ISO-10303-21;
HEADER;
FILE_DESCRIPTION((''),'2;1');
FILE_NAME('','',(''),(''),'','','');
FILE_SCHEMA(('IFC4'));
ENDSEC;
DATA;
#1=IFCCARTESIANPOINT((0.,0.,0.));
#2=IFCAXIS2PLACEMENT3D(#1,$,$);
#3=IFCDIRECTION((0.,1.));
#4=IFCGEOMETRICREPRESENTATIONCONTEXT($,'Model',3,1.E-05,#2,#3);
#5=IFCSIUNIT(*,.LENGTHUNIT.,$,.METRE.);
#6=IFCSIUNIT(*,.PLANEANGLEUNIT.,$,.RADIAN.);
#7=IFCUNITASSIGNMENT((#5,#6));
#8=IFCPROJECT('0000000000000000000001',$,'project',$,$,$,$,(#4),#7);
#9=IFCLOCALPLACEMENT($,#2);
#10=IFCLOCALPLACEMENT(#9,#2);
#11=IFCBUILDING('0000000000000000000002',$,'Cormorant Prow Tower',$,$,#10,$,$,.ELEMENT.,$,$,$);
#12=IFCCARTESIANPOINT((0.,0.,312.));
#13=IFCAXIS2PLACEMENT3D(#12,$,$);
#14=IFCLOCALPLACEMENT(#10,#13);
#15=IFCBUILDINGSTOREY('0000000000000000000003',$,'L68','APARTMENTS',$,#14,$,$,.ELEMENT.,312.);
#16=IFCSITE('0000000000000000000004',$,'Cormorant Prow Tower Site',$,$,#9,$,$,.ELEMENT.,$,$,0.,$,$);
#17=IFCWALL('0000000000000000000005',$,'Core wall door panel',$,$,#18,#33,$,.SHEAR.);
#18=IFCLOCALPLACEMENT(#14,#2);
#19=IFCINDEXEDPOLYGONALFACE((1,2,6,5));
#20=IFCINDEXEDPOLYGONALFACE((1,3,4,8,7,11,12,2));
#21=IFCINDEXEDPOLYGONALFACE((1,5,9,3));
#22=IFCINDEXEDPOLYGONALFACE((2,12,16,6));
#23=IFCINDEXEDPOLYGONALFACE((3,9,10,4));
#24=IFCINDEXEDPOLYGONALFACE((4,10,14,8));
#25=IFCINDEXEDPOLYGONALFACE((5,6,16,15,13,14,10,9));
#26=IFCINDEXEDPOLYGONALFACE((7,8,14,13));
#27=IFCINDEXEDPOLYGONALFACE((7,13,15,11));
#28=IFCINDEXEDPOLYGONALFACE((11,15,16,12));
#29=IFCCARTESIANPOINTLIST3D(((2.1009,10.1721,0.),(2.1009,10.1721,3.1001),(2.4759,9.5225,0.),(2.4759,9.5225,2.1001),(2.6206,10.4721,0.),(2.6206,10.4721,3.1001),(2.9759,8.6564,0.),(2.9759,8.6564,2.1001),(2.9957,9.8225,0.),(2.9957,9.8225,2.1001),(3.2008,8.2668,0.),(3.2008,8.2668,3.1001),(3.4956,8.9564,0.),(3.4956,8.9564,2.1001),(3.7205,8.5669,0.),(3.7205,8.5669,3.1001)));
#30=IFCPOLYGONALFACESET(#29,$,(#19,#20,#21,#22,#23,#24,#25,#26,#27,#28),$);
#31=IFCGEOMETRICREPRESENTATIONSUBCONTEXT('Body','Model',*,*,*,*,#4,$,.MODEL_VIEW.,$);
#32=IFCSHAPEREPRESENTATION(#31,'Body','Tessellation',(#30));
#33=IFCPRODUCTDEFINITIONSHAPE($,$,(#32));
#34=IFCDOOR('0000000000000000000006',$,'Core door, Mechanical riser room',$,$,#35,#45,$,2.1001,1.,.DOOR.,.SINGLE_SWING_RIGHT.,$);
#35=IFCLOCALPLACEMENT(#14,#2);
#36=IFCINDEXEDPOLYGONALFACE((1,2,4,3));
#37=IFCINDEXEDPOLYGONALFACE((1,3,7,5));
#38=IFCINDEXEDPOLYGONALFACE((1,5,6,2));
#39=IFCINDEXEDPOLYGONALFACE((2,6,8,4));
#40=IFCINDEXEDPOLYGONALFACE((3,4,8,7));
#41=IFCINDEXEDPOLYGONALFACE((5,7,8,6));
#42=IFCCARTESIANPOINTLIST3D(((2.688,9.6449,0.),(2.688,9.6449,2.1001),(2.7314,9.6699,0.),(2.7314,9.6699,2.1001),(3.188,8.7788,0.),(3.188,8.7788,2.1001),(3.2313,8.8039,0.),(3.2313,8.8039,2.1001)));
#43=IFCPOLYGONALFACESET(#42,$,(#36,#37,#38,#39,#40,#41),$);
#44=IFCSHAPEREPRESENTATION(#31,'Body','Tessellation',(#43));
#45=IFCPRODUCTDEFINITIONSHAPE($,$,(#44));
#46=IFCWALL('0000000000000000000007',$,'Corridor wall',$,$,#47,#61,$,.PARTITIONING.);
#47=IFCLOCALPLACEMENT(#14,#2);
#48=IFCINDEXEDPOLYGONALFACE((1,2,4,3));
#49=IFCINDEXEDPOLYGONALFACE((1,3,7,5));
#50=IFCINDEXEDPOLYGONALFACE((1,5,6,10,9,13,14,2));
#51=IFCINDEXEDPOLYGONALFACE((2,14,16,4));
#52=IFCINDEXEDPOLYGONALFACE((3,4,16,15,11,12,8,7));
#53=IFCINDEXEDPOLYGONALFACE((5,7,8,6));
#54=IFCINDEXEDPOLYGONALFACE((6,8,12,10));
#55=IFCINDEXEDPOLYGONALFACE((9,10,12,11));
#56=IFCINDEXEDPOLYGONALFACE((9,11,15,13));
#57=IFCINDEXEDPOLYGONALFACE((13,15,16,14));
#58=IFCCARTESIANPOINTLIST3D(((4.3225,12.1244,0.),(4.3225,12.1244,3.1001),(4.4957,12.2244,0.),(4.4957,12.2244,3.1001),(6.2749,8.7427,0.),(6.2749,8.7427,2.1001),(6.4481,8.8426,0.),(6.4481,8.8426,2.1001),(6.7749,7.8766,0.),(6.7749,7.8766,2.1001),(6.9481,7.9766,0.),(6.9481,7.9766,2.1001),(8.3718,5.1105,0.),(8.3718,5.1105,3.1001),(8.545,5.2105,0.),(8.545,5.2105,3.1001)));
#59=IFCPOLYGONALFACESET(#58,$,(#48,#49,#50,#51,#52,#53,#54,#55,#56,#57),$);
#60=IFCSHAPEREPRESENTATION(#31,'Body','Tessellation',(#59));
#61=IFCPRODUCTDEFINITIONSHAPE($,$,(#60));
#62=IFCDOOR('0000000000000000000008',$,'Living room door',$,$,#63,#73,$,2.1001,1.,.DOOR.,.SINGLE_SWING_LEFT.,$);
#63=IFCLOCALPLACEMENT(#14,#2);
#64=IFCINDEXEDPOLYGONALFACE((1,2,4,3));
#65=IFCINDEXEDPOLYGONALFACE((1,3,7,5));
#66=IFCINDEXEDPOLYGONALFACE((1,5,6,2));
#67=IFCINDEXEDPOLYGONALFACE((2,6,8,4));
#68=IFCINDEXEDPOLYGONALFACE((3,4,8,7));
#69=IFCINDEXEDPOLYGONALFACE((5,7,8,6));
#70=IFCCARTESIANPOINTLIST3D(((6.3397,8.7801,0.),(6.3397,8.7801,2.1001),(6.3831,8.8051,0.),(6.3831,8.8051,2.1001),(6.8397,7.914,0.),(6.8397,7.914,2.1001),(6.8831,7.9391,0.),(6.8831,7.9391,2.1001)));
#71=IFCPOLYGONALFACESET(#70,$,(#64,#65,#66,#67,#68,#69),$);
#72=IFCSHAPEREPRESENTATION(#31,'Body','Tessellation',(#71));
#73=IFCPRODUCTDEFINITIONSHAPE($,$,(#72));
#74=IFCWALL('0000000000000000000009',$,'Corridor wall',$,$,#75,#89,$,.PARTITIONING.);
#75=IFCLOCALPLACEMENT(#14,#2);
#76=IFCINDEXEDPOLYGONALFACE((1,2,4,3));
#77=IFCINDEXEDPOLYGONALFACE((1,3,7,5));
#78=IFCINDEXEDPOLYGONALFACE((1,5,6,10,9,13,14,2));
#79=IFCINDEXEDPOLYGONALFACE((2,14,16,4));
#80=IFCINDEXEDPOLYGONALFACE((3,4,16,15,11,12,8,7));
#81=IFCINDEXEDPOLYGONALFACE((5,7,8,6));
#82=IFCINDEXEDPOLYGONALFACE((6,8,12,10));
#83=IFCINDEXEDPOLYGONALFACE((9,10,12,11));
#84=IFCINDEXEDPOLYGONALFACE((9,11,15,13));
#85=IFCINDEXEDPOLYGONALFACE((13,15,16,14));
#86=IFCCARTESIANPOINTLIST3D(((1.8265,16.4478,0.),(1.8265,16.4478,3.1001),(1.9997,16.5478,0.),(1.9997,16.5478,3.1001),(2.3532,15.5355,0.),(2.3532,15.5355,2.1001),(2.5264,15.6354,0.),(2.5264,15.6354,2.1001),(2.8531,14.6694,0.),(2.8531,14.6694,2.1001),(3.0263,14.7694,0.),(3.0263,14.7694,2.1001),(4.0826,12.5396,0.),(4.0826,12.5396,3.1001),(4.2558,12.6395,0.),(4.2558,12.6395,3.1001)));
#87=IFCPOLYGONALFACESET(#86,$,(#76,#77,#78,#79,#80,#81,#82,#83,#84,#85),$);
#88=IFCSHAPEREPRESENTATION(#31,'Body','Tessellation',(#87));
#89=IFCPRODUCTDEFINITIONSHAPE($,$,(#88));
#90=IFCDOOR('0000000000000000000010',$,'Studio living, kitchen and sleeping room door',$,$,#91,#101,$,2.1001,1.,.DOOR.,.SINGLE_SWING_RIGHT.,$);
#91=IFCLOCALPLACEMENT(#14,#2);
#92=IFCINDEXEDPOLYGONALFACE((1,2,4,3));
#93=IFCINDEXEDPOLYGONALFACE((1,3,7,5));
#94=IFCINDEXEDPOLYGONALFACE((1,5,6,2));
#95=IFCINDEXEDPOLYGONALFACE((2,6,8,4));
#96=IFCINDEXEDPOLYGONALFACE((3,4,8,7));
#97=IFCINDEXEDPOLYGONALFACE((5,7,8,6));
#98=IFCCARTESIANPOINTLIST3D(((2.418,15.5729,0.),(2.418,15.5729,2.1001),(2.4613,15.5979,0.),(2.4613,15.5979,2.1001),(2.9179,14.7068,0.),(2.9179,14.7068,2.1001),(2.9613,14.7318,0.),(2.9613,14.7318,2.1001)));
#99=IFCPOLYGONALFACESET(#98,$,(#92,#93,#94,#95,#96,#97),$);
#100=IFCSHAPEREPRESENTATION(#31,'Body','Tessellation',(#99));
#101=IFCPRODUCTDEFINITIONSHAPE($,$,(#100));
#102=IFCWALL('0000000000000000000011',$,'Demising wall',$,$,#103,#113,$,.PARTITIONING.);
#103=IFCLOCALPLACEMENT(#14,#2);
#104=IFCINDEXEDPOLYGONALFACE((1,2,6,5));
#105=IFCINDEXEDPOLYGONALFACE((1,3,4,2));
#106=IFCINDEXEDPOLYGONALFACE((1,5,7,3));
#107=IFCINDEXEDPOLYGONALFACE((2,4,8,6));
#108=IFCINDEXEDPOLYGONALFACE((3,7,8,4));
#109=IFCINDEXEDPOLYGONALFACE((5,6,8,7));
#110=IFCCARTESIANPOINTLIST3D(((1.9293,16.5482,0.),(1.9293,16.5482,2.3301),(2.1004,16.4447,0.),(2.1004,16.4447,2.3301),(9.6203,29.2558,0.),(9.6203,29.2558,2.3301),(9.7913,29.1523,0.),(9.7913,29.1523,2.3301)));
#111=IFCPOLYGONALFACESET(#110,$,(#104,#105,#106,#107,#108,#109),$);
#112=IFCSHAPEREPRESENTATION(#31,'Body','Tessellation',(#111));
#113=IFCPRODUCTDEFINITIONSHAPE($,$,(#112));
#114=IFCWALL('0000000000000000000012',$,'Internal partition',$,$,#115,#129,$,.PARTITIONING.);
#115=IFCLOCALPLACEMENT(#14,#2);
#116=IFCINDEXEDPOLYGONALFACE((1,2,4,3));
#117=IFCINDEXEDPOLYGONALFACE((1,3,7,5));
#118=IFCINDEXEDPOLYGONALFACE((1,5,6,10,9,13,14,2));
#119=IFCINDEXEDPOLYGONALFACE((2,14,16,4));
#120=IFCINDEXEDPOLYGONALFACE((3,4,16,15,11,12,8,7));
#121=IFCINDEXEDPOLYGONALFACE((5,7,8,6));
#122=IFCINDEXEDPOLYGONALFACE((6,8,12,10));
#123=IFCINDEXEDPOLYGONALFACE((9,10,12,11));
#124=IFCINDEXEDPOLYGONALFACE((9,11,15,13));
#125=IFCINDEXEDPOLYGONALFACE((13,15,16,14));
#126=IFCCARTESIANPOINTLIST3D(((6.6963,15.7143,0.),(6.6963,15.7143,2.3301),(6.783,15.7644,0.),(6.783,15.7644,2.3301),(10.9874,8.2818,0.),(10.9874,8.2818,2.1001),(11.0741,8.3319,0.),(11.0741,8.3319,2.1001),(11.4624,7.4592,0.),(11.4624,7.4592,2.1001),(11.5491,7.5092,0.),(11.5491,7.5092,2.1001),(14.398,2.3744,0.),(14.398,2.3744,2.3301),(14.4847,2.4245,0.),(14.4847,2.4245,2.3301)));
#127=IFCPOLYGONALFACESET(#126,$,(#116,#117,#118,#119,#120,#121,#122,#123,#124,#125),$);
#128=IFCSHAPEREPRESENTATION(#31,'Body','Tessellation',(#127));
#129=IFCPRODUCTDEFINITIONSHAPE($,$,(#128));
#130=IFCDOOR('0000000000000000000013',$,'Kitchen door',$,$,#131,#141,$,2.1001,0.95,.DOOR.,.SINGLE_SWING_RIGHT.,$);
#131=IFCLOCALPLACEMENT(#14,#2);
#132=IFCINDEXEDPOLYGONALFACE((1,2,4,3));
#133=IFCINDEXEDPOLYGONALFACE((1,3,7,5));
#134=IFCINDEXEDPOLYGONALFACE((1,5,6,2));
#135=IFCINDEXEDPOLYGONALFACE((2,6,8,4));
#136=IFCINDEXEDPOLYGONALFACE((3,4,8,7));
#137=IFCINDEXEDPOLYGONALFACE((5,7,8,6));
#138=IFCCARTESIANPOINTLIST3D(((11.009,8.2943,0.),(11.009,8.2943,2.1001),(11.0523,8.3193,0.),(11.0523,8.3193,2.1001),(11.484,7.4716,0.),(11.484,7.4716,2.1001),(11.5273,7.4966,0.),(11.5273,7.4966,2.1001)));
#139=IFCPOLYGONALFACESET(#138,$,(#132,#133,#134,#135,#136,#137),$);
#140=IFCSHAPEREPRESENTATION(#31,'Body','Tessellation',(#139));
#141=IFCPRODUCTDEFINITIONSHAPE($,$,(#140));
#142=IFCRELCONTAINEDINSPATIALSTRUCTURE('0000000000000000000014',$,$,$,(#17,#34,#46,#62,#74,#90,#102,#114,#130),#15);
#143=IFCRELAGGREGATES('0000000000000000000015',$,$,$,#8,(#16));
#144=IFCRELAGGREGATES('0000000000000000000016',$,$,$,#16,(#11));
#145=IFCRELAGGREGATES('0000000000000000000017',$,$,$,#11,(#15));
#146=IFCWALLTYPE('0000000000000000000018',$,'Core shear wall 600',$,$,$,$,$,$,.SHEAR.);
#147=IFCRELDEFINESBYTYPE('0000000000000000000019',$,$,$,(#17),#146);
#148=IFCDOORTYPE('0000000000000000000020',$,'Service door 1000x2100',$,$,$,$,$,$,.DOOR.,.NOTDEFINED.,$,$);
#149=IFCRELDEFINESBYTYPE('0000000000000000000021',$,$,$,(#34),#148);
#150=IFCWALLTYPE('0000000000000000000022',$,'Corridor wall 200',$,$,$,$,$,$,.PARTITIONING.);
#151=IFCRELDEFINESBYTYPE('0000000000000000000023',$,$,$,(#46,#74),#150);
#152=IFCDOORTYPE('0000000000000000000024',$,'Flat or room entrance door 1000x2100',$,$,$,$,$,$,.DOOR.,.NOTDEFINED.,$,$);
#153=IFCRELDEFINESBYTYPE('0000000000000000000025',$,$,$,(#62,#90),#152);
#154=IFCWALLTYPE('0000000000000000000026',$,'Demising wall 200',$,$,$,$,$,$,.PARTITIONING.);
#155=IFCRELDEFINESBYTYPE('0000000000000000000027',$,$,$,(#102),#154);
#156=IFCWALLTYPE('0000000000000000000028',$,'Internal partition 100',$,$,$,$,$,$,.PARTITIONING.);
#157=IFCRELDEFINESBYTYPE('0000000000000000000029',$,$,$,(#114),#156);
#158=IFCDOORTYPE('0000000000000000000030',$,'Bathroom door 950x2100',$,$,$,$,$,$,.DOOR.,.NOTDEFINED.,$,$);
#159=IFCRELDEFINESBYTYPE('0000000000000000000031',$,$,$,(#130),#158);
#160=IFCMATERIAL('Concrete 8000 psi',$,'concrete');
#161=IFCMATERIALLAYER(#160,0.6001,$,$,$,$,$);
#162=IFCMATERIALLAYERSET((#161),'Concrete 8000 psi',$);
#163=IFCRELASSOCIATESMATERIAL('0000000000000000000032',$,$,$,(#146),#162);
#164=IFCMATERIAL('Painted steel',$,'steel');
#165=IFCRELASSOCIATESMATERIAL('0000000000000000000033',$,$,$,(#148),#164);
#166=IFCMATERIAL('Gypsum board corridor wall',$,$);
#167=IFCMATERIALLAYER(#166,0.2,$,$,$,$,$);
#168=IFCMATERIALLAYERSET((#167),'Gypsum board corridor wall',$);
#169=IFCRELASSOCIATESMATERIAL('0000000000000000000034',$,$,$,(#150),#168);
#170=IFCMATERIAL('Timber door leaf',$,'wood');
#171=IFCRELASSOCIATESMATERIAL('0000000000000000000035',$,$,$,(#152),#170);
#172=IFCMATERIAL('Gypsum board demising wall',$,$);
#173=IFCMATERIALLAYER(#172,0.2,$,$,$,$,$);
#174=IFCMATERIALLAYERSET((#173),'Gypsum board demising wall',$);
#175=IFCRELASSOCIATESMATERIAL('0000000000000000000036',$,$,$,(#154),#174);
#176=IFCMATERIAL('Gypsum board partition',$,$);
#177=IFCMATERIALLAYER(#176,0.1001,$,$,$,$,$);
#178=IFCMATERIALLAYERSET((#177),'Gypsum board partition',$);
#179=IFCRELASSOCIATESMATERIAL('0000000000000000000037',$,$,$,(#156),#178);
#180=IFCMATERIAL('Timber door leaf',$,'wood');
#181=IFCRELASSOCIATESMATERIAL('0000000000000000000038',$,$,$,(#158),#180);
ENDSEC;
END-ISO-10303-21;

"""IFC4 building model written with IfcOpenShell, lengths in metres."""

from ifc_helpers import new_model, si_unit, direction, frame, frame_2d, origin, place, context, subcontext, project, spatial, rectangle, extrude, material, layer, layer_set, type_object, element, fill, save


model = new_model("IFC4")

# Units and contexts
model_context = context("Model", 3, precision=1e-05, world=origin(), true_north=direction((0.0, 1.0)))
body_context = subcontext(model_context, "Body", "Model", "MODEL_VIEW")
ifc_project = project(units=[si_unit("LENGTHUNIT", "METRE"), si_unit("PLANEANGLEUNIT", "RADIAN")], contexts=[model_context])

# Site, building, storey
site_placement = place(None, origin())
site = spatial("IfcSite", under=ifc_project, at=site_placement, Name="Cormorant Prow Tower Site", CompositionType="ELEMENT", RefElevation=0.0)
building_placement = place(site_placement, origin())
building = spatial("IfcBuilding", under=site, at=building_placement, Name="Cormorant Prow Tower", CompositionType="ELEMENT")
storey_placement = place(building_placement, frame((0.0, 0.0, 312.0)))
storey = spatial("IfcBuildingStorey", under=building, at=storey_placement, Name="L68", Description="APARTMENTS", CompositionType="ELEMENT", Elevation=312.0)

# Shared definitions
ifc_material_1 = material(Name="Concrete 8000 psi", Category="concrete")
ifc_layer_1 = layer(ifc_material_1, 0.6001)
ifc_layer_set_1 = layer_set([ifc_layer_1], Name="Concrete 8000 psi")
wall_type_1 = type_object("IfcWallType", Name="Core shear wall 600", PredefinedType="SHEAR", material=ifc_layer_set_1)

# Walls, openings, doors
wall_1_placement = place(storey_placement, frame((3.4607, 8.4167, 0.0), z_axis=(0.0, 0.0, 1.0), x_axis=(-0.499947, 0.866056, 0.0)))
wall_1 = element("IfcWall", 1, at=wall_1_placement, inside=storey, type_object=wall_type_1, Name="Core wall door panel", PredefinedType="SHEAR", context=body_context, shape_type="SweptSolid", body=[
    extrude(rectangle(XDim=2.2, YDim=0.6001, at=frame_2d((1.1001, 0.0))), origin(), (0.0, 0.0, 1.0), 3.1001),
])
opening_1_placement = place(wall_1_placement, frame((0.45, 0.0, 0.0)))
opening_1 = element("IfcOpeningElement", 2, at=opening_1_placement, cuts=wall_1, PredefinedType="OPENING", context=body_context, shape_type="SweptSolid", body=[
    extrude(rectangle(XDim=1.0, YDim=2.1001, at=frame_2d((0.5, 1.05))), frame((0.0, 0.3101, 0.0), z_axis=(0.0, -1.0, 0.0), x_axis=(1.0, 0.0, 0.0)), (0.0, 0.0, 1.0), 0.6201),
])
ifc_material_2 = material(Name="Painted steel", Category="steel")
door_type_1 = type_object("IfcDoorType", Name="Service door 1000x2100", OperationType="NOTDEFINED", PredefinedType="DOOR", material=ifc_material_2)
door_1_placement = place(opening_1_placement, origin())
door_1 = element("IfcDoor", 3, at=door_1_placement, inside=storey, type_object=door_type_1, Name="Core door, Mechanical riser room", OperationType="SINGLE_SWING_RIGHT", OverallHeight=2.1001, OverallWidth=1.0, PredefinedType="DOOR", context=body_context, shape_type="SweptSolid", body=[
    extrude(rectangle(XDim=1.0, YDim=2.1001, at=frame_2d((0.5, 1.05))), frame((0.0, 0.0552, 0.0), z_axis=(0.0, -1.0, 0.0), x_axis=(1.0, 0.0, 0.0)), (0.0, 0.0, 1.0), 0.05),
])
fill(opening_1, door_1)
ifc_material_3 = material(Name="Gypsum board corridor wall")
ifc_layer_2 = layer(ifc_material_3, 0.2)
ifc_layer_set_2 = layer_set([ifc_layer_2], Name="Gypsum board corridor wall")
wall_type_2 = type_object("IfcWallType", Name="Corridor wall 200", PredefinedType="PARTITIONING", material=ifc_layer_set_2)
wall_2_placement = place(storey_placement, frame((4.4092, 12.1743, 0.0), z_axis=(0.0, 0.0, 1.0), x_axis=(0.499984, -0.866034, 0.0)))
wall_2 = element("IfcWall", 4, at=wall_2_placement, inside=storey, type_object=wall_type_2, Name="Corridor wall", PredefinedType="PARTITIONING", context=body_context, shape_type="SweptSolid", body=[
    extrude(rectangle(XDim=8.0989, YDim=0.2, at=frame_2d((4.0493, 0.0))), origin(), (0.0, 0.0, 1.0), 3.1001),
])
opening_2_placement = place(wall_2_placement, frame((3.9048, 0.0, 0.0)))
opening_2 = element("IfcOpeningElement", 5, at=opening_2_placement, cuts=wall_2, PredefinedType="OPENING", context=body_context, shape_type="SweptSolid", body=[
    extrude(rectangle(XDim=1.0, YDim=2.1001, at=frame_2d((0.5, 1.05))), frame((0.0, 0.1099, 0.0), z_axis=(0.0, -1.0, 0.0), x_axis=(1.0, 0.0, 0.0)), (0.0, 0.0, 1.0), 0.22),
])
ifc_material_4 = material(Name="Timber door leaf", Category="wood")
door_type_2 = type_object("IfcDoorType", Name="Flat or room entrance door 1000x2100", OperationType="NOTDEFINED", PredefinedType="DOOR", material=ifc_material_4)
door_2_placement = place(opening_2_placement, origin())
door_2 = element("IfcDoor", 6, at=door_2_placement, inside=storey, type_object=door_type_2, Name="Living room door", OperationType="SINGLE_SWING_LEFT", OverallHeight=2.1001, OverallWidth=1.0, PredefinedType="DOOR", context=body_context, shape_type="SweptSolid", body=[
    extrude(rectangle(XDim=1.0, YDim=2.1001, at=frame_2d((0.5, 1.05))), frame((0.0, 0.0249, 0.0), z_axis=(0.0, -1.0, 0.0), x_axis=(1.0, 0.0, 0.0)), (0.0, 0.0, 1.0), 0.05),
])
fill(opening_2, door_2)
wall_3_placement = place(storey_placement, frame((1.9131, 16.4978, 0.0), z_axis=(0.0, 0.0, 1.0), x_axis=(0.49995, -0.866054, 0.0)))
wall_3 = element("IfcWall", 7, at=wall_3_placement, inside=storey, type_object=wall_type_2, Name="Corridor wall", PredefinedType="PARTITIONING", context=body_context, shape_type="SweptSolid", body=[
    extrude(rectangle(XDim=4.5127, YDim=0.2, at=frame_2d((2.2563, 0.0))), origin(), (0.0, 0.0, 1.0), 3.1001),
])
opening_3_placement = place(wall_3_placement, frame((1.0535, 0.0, 0.0)))
opening_3 = element("IfcOpeningElement", 8, at=opening_3_placement, cuts=wall_3, PredefinedType="OPENING", context=body_context, shape_type="SweptSolid", body=[
    extrude(rectangle(XDim=1.0, YDim=2.1001, at=frame_2d((0.5, 1.05))), frame((0.0, 0.1099, 0.0), z_axis=(0.0, -1.0, 0.0), x_axis=(1.0, 0.0, 0.0)), (0.0, 0.0, 1.0), 0.22),
])
door_3_placement = place(opening_3_placement, origin())
door_3 = element("IfcDoor", 9, at=door_3_placement, inside=storey, type_object=door_type_2, Name="Studio living, kitchen and sleeping room door", OperationType="SINGLE_SWING_RIGHT", OverallHeight=2.1001, OverallWidth=1.0, PredefinedType="DOOR", context=body_context, shape_type="SweptSolid", body=[
    extrude(rectangle(XDim=1.0, YDim=2.1001, at=frame_2d((0.5, 1.05))), frame((0.0, 0.0249, 0.0), z_axis=(0.0, -1.0, 0.0), x_axis=(1.0, 0.0, 0.0)), (0.0, 0.0, 1.0), 0.05),
])
fill(opening_3, door_3)

# Wall
ifc_material_5 = material(Name="Gypsum board demising wall")
ifc_layer_3 = layer(ifc_material_5, 0.2)
ifc_layer_set_3 = layer_set([ifc_layer_3], Name="Gypsum board demising wall")
wall_type_3 = type_object("IfcWallType", Name="Demising wall 200", PredefinedType="PARTITIONING", material=ifc_layer_set_3)
wall_4_placement = place(storey_placement, frame((2.0149, 16.4966, 0.0), z_axis=(0.0, 0.0, 1.0), x_axis=(0.517779, 0.855514, 0.0)))
element("IfcWall", 10, at=wall_4_placement, inside=storey, type_object=wall_type_3, Name="Demising wall", PredefinedType="PARTITIONING", context=body_context, shape_type="SweptSolid", body=[
    extrude(rectangle(XDim=14.8538, YDim=0.2, at=frame_2d((7.4268, 0.0))), origin(), (0.0, 0.0, 1.0), 2.3301),
])

# Wall, opening, door
ifc_material_6 = material(Name="Gypsum board partition")
ifc_layer_4 = layer(ifc_material_6, 0.1001)
ifc_layer_set_4 = layer_set([ifc_layer_4], Name="Gypsum board partition")
wall_type_4 = type_object("IfcWallType", Name="Internal partition 100", PredefinedType="PARTITIONING", material=ifc_layer_set_4)
wall_5_placement = place(storey_placement, frame((6.7397, 15.7393, 0.0), z_axis=(0.0, 0.0, 1.0), x_axis=(0.499995, -0.866028, 0.0)))
wall_5 = element("IfcWall", 11, at=wall_5_placement, inside=storey, type_object=wall_type_4, Name="Internal partition", PredefinedType="PARTITIONING", context=body_context, shape_type="SweptSolid", body=[
    extrude(rectangle(XDim=15.4036, YDim=0.1001, at=frame_2d((7.7017, 0.0))), origin(), (0.0, 0.0, 1.0), 2.3301),
])
opening_4_placement = place(wall_5_placement, frame((8.582, 0.0, 0.0)))
opening_4 = element("IfcOpeningElement", 12, at=opening_4_placement, cuts=wall_5, PredefinedType="OPENING", context=body_context, shape_type="SweptSolid", body=[
    extrude(rectangle(XDim=0.95, YDim=2.1001, at=frame_2d((0.4751, 1.05))), frame((0.0, 0.0601, 0.0), z_axis=(0.0, -1.0, 0.0), x_axis=(1.0, 0.0, 0.0)), (0.0, 0.0, 1.0), 0.1201),
])
ifc_material_7 = material(Name="Timber door leaf", Category="wood")
door_type_3 = type_object("IfcDoorType", Name="Bathroom door 950x2100", OperationType="NOTDEFINED", PredefinedType="DOOR", material=ifc_material_7)
door_4_placement = place(opening_4_placement, origin())
door_4 = element("IfcDoor", 13, at=door_4_placement, inside=storey, type_object=door_type_3, Name="Kitchen door", OperationType="SINGLE_SWING_RIGHT", OverallHeight=2.1001, OverallWidth=0.95, PredefinedType="DOOR", context=body_context, shape_type="SweptSolid", body=[
    extrude(rectangle(XDim=0.95, YDim=2.1001, at=frame_2d((0.4751, 1.05))), frame((0.0, 0.0249, 0.0), z_axis=(0.0, -1.0, 0.0), x_axis=(1.0, 0.0, 0.0)), (0.0, 0.0, 1.0), 0.05),
])
fill(opening_4, door_4)

save(model, "model.ifc")
